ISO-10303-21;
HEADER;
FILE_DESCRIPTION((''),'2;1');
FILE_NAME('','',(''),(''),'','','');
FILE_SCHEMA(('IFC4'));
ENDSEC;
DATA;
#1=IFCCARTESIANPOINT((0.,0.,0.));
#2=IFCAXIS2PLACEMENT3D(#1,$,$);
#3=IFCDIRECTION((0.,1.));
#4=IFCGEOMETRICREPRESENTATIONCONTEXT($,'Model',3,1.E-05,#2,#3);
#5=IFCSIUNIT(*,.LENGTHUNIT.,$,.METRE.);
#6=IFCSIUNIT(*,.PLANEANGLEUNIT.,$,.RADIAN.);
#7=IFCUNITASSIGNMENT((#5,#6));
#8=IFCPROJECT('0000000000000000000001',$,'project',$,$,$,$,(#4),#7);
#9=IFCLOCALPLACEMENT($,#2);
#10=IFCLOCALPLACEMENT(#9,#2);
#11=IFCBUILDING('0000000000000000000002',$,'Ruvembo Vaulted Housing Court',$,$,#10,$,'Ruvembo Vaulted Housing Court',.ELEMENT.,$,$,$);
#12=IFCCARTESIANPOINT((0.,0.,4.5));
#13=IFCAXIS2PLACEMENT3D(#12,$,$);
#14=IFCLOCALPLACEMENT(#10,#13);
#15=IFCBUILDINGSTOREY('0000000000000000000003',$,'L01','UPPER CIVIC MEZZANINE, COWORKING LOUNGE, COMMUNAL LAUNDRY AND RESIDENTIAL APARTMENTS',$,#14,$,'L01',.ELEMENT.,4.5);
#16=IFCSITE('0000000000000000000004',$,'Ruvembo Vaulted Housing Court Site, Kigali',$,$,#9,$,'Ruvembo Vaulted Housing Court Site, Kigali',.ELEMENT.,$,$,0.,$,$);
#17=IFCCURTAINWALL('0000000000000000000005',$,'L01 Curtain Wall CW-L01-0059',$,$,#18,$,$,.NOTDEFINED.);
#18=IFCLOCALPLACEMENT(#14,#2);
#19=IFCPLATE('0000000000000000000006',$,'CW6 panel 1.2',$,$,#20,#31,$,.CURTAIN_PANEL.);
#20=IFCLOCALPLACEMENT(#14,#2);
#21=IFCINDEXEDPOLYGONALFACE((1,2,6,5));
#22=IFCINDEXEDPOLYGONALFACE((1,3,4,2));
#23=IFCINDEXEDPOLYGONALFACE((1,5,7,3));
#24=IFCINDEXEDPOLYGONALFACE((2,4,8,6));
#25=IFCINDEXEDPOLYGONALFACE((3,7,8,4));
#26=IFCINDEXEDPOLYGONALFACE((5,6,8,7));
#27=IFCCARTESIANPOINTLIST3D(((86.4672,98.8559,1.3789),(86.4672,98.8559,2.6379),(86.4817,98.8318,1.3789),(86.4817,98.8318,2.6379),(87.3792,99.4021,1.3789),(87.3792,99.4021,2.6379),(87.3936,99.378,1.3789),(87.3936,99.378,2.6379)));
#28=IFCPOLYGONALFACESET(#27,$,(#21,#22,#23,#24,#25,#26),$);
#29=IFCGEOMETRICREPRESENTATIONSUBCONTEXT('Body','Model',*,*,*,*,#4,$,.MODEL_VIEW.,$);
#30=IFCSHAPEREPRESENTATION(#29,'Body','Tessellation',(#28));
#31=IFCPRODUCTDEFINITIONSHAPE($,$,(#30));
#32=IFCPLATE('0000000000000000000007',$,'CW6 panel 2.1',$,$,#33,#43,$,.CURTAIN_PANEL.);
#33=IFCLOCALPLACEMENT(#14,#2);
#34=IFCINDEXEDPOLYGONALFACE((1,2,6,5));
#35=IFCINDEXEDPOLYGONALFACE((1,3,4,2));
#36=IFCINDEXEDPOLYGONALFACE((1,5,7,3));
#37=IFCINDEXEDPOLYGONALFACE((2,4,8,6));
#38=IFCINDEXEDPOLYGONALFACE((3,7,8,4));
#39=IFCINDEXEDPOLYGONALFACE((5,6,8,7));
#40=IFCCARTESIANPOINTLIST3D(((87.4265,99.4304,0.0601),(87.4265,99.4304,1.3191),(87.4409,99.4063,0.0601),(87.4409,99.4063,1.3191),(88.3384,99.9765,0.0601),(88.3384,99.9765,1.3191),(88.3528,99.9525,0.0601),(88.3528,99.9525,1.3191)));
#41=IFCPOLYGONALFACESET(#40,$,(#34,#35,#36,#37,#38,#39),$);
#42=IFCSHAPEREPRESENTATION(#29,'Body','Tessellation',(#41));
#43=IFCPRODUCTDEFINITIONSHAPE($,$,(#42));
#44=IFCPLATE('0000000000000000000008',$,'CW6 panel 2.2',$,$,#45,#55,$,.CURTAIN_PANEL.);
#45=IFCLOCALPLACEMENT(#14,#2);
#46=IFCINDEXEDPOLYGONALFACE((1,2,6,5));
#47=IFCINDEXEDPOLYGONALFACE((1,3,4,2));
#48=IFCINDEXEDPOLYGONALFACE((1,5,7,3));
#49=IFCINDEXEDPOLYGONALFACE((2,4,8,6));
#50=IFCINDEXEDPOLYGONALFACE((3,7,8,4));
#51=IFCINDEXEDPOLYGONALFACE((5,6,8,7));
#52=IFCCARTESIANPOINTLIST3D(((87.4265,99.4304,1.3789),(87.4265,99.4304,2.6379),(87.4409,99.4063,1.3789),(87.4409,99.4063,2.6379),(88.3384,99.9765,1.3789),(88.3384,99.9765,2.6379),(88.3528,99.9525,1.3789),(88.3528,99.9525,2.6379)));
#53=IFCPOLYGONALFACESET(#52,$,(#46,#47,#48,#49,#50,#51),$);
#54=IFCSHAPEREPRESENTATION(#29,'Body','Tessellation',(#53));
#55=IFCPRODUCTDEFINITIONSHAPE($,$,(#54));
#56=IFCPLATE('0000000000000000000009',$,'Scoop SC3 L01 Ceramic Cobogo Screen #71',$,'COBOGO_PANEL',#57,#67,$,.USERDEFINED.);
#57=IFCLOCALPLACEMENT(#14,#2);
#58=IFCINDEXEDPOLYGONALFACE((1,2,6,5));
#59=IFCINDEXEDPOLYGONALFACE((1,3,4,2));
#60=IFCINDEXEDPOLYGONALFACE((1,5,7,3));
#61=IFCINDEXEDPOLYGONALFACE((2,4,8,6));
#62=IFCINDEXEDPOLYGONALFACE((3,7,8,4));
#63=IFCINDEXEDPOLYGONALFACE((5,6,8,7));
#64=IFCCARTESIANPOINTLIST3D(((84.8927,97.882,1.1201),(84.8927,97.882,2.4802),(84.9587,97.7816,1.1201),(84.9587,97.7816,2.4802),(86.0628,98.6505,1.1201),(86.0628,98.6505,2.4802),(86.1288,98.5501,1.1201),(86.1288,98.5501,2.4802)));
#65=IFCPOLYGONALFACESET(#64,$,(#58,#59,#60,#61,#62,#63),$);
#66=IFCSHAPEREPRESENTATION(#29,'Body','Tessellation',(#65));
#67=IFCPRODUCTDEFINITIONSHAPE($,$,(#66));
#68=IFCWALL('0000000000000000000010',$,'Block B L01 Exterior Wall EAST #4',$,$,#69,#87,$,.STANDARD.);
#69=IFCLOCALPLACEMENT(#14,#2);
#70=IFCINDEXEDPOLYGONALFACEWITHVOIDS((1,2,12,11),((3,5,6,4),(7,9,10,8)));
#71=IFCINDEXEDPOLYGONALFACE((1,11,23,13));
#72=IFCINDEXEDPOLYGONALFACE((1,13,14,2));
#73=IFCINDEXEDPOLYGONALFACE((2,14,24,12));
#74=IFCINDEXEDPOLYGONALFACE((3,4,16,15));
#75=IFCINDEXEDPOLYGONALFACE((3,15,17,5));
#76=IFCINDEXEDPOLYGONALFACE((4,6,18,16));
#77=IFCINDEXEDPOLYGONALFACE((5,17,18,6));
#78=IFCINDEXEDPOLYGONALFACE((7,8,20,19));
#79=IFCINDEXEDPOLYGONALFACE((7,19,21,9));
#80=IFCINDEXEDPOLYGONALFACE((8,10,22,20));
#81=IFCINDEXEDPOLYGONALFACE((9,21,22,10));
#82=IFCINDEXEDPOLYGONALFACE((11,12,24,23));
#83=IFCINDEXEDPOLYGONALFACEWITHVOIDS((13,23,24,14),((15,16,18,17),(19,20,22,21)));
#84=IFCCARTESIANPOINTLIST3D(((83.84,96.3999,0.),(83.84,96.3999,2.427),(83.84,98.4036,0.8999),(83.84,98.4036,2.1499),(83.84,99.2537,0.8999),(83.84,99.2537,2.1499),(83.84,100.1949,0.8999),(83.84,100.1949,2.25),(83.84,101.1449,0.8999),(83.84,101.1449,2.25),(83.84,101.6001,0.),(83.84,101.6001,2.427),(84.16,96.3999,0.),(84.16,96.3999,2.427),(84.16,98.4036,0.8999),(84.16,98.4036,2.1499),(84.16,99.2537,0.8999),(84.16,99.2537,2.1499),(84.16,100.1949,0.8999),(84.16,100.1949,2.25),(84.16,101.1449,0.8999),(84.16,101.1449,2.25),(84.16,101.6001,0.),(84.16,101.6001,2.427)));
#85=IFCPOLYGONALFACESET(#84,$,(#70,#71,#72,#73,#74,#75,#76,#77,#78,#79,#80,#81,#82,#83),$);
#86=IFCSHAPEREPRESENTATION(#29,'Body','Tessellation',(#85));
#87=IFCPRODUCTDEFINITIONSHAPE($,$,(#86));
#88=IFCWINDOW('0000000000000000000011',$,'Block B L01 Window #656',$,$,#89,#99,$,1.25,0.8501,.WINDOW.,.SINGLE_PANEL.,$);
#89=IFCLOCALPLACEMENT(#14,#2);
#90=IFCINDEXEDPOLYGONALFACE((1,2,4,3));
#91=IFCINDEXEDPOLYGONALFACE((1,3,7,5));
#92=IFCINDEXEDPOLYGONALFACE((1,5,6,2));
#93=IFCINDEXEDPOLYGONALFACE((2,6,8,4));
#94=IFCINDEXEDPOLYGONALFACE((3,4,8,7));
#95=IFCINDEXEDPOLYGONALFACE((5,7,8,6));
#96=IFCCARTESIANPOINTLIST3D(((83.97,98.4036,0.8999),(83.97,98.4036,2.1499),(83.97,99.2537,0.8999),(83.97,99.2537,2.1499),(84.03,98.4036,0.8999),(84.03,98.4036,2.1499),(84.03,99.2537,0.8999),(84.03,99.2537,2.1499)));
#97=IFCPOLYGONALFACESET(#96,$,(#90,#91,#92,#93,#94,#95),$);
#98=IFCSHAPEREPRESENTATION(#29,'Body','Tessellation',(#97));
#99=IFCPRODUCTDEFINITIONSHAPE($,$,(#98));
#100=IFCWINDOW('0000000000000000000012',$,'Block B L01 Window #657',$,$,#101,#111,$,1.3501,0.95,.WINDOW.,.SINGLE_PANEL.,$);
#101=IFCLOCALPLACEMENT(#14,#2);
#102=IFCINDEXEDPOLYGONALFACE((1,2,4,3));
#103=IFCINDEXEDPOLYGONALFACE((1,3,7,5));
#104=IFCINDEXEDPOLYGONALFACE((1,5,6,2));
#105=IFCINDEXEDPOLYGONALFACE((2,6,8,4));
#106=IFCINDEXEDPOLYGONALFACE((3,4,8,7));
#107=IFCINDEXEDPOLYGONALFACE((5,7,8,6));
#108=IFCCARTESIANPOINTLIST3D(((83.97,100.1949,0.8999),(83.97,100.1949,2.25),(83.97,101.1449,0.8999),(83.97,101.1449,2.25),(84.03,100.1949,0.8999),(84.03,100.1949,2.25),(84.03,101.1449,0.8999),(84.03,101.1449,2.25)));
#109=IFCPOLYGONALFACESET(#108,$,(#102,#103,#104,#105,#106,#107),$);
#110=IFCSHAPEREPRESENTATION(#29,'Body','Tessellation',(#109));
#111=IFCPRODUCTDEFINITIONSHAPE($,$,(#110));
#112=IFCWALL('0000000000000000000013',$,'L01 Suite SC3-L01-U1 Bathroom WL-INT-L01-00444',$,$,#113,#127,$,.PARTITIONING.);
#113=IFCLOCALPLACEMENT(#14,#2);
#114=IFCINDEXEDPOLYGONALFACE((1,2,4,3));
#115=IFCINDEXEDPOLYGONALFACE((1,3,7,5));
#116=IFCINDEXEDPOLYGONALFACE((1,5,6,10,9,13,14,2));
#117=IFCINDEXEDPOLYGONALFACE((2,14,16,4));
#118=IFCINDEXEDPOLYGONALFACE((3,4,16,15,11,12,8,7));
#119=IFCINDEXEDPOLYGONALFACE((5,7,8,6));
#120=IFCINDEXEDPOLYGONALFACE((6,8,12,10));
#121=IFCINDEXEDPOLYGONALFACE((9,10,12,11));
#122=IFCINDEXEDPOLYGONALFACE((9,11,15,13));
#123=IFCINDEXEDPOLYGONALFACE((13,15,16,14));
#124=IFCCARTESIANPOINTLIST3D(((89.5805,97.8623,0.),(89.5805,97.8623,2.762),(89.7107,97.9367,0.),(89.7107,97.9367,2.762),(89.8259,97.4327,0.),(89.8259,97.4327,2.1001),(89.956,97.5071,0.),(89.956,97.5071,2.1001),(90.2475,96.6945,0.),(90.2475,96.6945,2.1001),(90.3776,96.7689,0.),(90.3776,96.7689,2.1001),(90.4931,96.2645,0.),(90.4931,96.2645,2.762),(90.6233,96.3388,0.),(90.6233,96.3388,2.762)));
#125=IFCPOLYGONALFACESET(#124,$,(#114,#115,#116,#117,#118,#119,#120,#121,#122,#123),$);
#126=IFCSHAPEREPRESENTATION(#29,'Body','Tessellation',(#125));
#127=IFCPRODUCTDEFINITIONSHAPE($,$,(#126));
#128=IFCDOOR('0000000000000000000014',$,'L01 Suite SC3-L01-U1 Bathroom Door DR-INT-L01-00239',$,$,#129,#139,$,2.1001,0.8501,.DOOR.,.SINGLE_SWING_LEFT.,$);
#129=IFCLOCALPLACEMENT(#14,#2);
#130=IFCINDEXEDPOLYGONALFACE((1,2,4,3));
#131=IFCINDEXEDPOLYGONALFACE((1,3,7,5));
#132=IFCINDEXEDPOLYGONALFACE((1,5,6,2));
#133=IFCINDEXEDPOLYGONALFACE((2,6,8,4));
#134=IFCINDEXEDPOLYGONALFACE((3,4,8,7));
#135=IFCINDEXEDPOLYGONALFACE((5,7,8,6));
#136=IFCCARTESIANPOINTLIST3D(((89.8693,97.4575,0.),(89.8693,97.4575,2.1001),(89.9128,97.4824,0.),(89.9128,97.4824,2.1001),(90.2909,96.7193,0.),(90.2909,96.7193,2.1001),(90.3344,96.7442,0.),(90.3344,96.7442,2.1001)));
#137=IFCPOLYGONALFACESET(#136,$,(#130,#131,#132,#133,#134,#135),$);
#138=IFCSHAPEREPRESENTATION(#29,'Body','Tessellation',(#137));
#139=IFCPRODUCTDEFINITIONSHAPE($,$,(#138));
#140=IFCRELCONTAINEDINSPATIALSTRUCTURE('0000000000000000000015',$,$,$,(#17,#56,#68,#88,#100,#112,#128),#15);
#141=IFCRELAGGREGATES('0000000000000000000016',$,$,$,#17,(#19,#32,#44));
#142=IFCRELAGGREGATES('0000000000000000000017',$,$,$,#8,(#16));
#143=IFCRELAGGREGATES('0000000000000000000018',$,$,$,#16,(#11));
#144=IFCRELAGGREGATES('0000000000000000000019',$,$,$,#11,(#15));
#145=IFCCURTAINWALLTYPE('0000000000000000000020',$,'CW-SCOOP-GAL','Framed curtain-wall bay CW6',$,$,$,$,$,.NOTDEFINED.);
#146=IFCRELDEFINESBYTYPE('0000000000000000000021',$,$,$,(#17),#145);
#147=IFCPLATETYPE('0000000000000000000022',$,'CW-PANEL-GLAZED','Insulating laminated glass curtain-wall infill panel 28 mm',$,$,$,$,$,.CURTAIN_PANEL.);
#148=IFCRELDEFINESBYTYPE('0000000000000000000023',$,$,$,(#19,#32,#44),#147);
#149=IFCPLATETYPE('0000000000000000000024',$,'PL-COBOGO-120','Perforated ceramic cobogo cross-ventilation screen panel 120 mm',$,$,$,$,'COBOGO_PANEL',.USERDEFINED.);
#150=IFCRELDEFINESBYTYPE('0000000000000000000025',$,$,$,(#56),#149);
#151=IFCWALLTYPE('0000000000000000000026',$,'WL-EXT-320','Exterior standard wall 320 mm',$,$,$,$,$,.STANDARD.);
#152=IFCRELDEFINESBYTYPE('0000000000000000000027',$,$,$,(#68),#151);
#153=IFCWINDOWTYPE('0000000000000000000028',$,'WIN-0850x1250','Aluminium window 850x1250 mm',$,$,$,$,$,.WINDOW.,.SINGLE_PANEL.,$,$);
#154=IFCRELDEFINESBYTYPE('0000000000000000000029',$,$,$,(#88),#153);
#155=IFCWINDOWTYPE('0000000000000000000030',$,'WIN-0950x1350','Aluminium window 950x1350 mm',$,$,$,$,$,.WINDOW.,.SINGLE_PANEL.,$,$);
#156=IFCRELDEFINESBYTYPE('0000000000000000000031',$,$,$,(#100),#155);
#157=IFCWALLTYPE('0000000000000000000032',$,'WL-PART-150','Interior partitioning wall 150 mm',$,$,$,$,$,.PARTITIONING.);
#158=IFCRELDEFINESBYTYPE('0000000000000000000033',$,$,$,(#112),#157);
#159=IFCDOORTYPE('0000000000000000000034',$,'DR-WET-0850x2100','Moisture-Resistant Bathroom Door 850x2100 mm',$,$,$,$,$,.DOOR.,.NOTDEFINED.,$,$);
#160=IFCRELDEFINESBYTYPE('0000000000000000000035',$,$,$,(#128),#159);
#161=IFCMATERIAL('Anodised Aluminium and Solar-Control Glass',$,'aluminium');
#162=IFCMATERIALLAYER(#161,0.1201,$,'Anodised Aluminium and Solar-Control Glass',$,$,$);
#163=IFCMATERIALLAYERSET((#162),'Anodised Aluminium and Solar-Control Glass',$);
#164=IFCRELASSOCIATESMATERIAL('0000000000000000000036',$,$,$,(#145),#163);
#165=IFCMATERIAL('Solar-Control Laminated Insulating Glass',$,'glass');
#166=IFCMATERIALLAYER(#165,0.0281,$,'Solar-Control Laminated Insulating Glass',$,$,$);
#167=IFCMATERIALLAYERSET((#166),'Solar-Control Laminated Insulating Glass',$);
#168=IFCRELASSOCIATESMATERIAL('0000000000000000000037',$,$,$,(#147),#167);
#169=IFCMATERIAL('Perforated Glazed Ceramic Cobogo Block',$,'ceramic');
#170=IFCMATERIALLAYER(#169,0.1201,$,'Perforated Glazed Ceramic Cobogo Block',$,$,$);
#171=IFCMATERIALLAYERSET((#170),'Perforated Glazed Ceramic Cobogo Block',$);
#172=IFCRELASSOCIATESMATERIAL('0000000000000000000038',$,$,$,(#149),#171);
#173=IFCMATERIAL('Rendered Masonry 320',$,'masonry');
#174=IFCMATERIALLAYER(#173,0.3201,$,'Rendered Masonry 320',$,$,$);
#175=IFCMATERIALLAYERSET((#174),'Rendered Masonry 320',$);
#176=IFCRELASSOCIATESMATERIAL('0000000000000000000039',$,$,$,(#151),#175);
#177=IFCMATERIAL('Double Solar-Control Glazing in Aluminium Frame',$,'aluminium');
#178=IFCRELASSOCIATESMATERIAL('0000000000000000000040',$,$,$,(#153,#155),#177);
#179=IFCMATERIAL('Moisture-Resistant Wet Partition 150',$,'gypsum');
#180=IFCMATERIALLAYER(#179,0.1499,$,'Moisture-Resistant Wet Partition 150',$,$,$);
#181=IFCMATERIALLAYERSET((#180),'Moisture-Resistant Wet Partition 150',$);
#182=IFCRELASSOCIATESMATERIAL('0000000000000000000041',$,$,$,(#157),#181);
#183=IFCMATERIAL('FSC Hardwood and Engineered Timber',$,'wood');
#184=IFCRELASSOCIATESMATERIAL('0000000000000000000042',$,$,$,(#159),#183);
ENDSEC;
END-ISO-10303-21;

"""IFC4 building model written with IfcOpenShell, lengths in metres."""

from ifc_helpers import new_model, si_unit, direction, frame, frame_2d, origin, origin_2d, place, context, subcontext, project, spatial, rectangle, extrude, material, layer, layer_set, type_object, element, fill, aggregate, save


model = new_model("IFC4")

# Units and contexts
model_context = context("Model", 3, precision=1e-05, world=origin(), true_north=direction((0.0, 1.0)))
body_context = subcontext(model_context, "Body", "Model", "MODEL_VIEW")
ifc_project = project(units=[si_unit("LENGTHUNIT", "METRE"), si_unit("PLANEANGLEUNIT", "RADIAN")], contexts=[model_context])

# Site, building, storey
site_placement = place(None, origin())
site = spatial("IfcSite", under=ifc_project, at=site_placement, Name="Ruvembo Vaulted Housing Court Site, Kigali", LongName="Ruvembo Vaulted Housing Court Site, Kigali", CompositionType="ELEMENT", RefElevation=0.0)
building_placement = place(site_placement, origin())
building = spatial("IfcBuilding", under=site, at=building_placement, Name="Ruvembo Vaulted Housing Court", LongName="Ruvembo Vaulted Housing Court", CompositionType="ELEMENT")
storey_placement = place(building_placement, frame((0.0, 0.0, 4.5)))
storey = spatial("IfcBuildingStorey", under=building, at=storey_placement, Name="L01", Description="UPPER CIVIC MEZZANINE, COWORKING LOUNGE, COMMUNAL LAUNDRY AND RESIDENTIAL APARTMENTS", LongName="L01", CompositionType="ELEMENT", Elevation=4.5)

# Curtain wall
ifc_material_1 = material(Name="Anodised Aluminium and Solar-Control Glass", Category="aluminium")
ifc_layer_1 = layer(ifc_material_1, 0.1201, Name="Anodised Aluminium and Solar-Control Glass")
ifc_layer_set_1 = layer_set([ifc_layer_1], Name="Anodised Aluminium and Solar-Control Glass")
curtain_wall_type = type_object("IfcCurtainWallType", Name="CW-SCOOP-GAL", Description="Framed curtain-wall bay CW6", PredefinedType="NOTDEFINED", material=ifc_layer_set_1)
curtain_wall_placement = place(storey_placement, origin())
curtain_wall = element("IfcCurtainWall", 1, at=curtain_wall_placement, inside=storey, type_object=curtain_wall_type, Name="L01 Curtain Wall CW-L01-0059", PredefinedType="NOTDEFINED")

# Plates
ifc_material_2 = material(Name="Solar-Control Laminated Insulating Glass", Category="glass")
ifc_layer_2 = layer(ifc_material_2, 0.0281, Name="Solar-Control Laminated Insulating Glass")
ifc_layer_set_2 = layer_set([ifc_layer_2], Name="Solar-Control Laminated Insulating Glass")
plate_type_1 = type_object("IfcPlateType", Name="CW-PANEL-GLAZED", Description="Insulating laminated glass curtain-wall infill panel 28 mm", PredefinedType="CURTAIN_PANEL", material=ifc_layer_set_2)
plate_1_placement = place(storey_placement, frame((86.9304, 99.1169, 1.3789), z_axis=(0.0, 0.0, 1.0), x_axis=(0.857893, 0.513828, 0.0)))
plate_1 = element("IfcPlate", 2, at=plate_1_placement, type_object=plate_type_1, Name="CW6 panel 1.2", PredefinedType="CURTAIN_PANEL", context=body_context, shape_type="SweptSolid", body=[
    extrude(rectangle(XDim=1.063, YDim=0.0281, at=origin_2d()), origin(), (0.0, 0.0, 1.0), 1.259),
])
plate_2_placement = place(storey_placement, frame((87.8896, 99.6914, 0.0601), z_axis=(0.0, 0.0, 1.0), x_axis=(0.857893, 0.513828, 0.0)))
plate_2 = element("IfcPlate", 3, at=plate_2_placement, type_object=plate_type_1, Name="CW6 panel 2.1", PredefinedType="CURTAIN_PANEL", context=body_context, shape_type="SweptSolid", body=[
    extrude(rectangle(XDim=1.063, YDim=0.0281, at=origin_2d()), origin(), (0.0, 0.0, 1.0), 1.259),
])
plate_3_placement = place(storey_placement, frame((87.8896, 99.6914, 1.3789), z_axis=(0.0, 0.0, 1.0), x_axis=(0.857893, 0.513828, 0.0)))
plate_3 = element("IfcPlate", 4, at=plate_3_placement, type_object=plate_type_1, Name="CW6 panel 2.2", PredefinedType="CURTAIN_PANEL", context=body_context, shape_type="SweptSolid", body=[
    extrude(rectangle(XDim=1.063, YDim=0.0281, at=origin_2d()), origin(), (0.0, 0.0, 1.0), 1.259),
])
aggregate(curtain_wall, [plate_1, plate_2, plate_3])
ifc_material_3 = material(Name="Perforated Glazed Ceramic Cobogo Block", Category="ceramic")
ifc_layer_3 = layer(ifc_material_3, 0.1201, Name="Perforated Glazed Ceramic Cobogo Block")
ifc_layer_set_3 = layer_set([ifc_layer_3], Name="Perforated Glazed Ceramic Cobogo Block")
plate_type_2 = type_object("IfcPlateType", Name="PL-COBOGO-120", Description="Perforated ceramic cobogo cross-ventilation screen panel 120 mm", ElementType="COBOGO_PANEL", PredefinedType="USERDEFINED", material=ifc_layer_set_3)
plate_4_placement = place(storey_placement, frame((85.5107, 98.2161, 1.1201), z_axis=(0.0, 0.0, 1.0), x_axis=(0.835836, 0.548979, 0.0)))
element("IfcPlate", 5, at=plate_4_placement, inside=storey, type_object=plate_type_2, Name="Scoop SC3 L01 Ceramic Cobogo Screen #71", ObjectType="COBOGO_PANEL", PredefinedType="USERDEFINED", context=body_context, shape_type="SweptSolid", body=[
    extrude(rectangle(XDim=1.3999, YDim=0.1201, at=origin_2d()), origin(), (0.0, 0.0, 1.0), 1.3601),
])

# Shared definitions
ifc_material_4 = material(Name="FSC Hardwood and Engineered Timber", Category="wood")

# Wall, openings, windows
ifc_material_5 = material(Name="Rendered Masonry 320", Category="masonry")
ifc_layer_4 = layer(ifc_material_5, 0.3201, Name="Rendered Masonry 320")
ifc_layer_set_4 = layer_set([ifc_layer_4], Name="Rendered Masonry 320")
wall_type_1 = type_object("IfcWallType", Name="WL-EXT-320", Description="Exterior standard wall 320 mm", PredefinedType="STANDARD", material=ifc_layer_set_4)
wall_1_placement = place(storey_placement, frame((84.0, 96.3999, 0.0), z_axis=(0.0, 0.0, 1.0), x_axis=(0.0, 1.0, 0.0)))
wall_1 = element("IfcWall", 6, at=wall_1_placement, inside=storey, type_object=wall_type_1, Name="Block B L01 Exterior Wall EAST #4", PredefinedType="STANDARD", context=body_context, shape_type="SweptSolid", body=[
    extrude(rectangle(XDim=5.2002, YDim=0.3201, at=frame_2d((2.6001, 0.0))), origin(), (0.0, 0.0, 1.0), 2.427),
])
opening_1_placement = place(wall_1_placement, frame((2.0037, 0.0, 0.8999)))
opening_1 = element("IfcOpeningElement", 7, at=opening_1_placement, cuts=wall_1, PredefinedType="OPENING", context=body_context, shape_type="SweptSolid", body=[
    extrude(rectangle(XDim=0.8501, YDim=1.25, at=frame_2d((0.425, 0.625))), frame((0.0, 0.1699, 0.0), z_axis=(0.0, -1.0, 0.0), x_axis=(1.0, 0.0, 0.0)), (0.0, 0.0, 1.0), 0.3401),
])
opening_2_placement = place(wall_1_placement, frame((3.7949, 0.0, 0.8999)))
opening_2 = element("IfcOpeningElement", 8, at=opening_2_placement, cuts=wall_1, PredefinedType="OPENING", context=body_context, shape_type="SweptSolid", body=[
    extrude(rectangle(XDim=0.95, YDim=1.3501, at=frame_2d((0.4751, 0.675))), frame((0.0, 0.1699, 0.0), z_axis=(0.0, -1.0, 0.0), x_axis=(1.0, 0.0, 0.0)), (0.0, 0.0, 1.0), 0.3401),
])
ifc_material_6 = material(Name="Double Solar-Control Glazing in Aluminium Frame", Category="aluminium")
window_type_1 = type_object("IfcWindowType", Name="WIN-0850x1250", Description="Aluminium window 850x1250 mm", PartitioningType="SINGLE_PANEL", PredefinedType="WINDOW", material=ifc_material_6)
window_1_placement = place(opening_1_placement, origin())
window_1 = element("IfcWindow", 9, at=window_1_placement, inside=storey, type_object=window_type_1, Name="Block B L01 Window #656", OverallHeight=1.25, OverallWidth=0.8501, PartitioningType="SINGLE_PANEL", PredefinedType="WINDOW", context=body_context, shape_type="SweptSolid", body=[
    extrude(rectangle(XDim=0.8501, YDim=1.25, at=frame_2d((0.425, 0.625))), frame((0.0, 0.03, 0.0), z_axis=(0.0, -1.0, 0.0), x_axis=(1.0, 0.0, 0.0)), (0.0, 0.0, 1.0), 0.0601),
])
fill(opening_1, window_1)
window_type_2 = type_object("IfcWindowType", Name="WIN-0950x1350", Description="Aluminium window 950x1350 mm", PartitioningType="SINGLE_PANEL", PredefinedType="WINDOW", material=ifc_material_6)
window_2_placement = place(opening_2_placement, origin())
window_2 = element("IfcWindow", 10, at=window_2_placement, inside=storey, type_object=window_type_2, Name="Block B L01 Window #657", OverallHeight=1.3501, OverallWidth=0.95, PartitioningType="SINGLE_PANEL", PredefinedType="WINDOW", context=body_context, shape_type="SweptSolid", body=[
    extrude(rectangle(XDim=0.95, YDim=1.3501, at=frame_2d((0.4751, 0.675))), frame((0.0, 0.03, 0.0), z_axis=(0.0, -1.0, 0.0), x_axis=(1.0, 0.0, 0.0)), (0.0, 0.0, 1.0), 0.0601),
])
fill(opening_2, window_2)

# Wall, opening, door
ifc_material_7 = material(Name="Moisture-Resistant Wet Partition 150", Category="gypsum")
ifc_layer_5 = layer(ifc_material_7, 0.1499, Name="Moisture-Resistant Wet Partition 150")
ifc_layer_set_5 = layer_set([ifc_layer_5], Name="Moisture-Resistant Wet Partition 150")
wall_type_2 = type_object("IfcWallType", Name="WL-PART-150", Description="Interior partitioning wall 150 mm", PredefinedType="PARTITIONING", material=ifc_layer_set_5)
wall_2_placement = place(storey_placement, frame((90.5581, 96.3018, 0.0), z_axis=(0.0, 0.0, 1.0), x_axis=(-0.495939, 0.868357, 0.0)))
wall_2 = element("IfcWall", 11, at=wall_2_placement, inside=storey, type_object=wall_type_2, Name="L01 Suite SC3-L01-U1 Bathroom WL-INT-L01-00444", PredefinedType="PARTITIONING", context=body_context, shape_type="SweptSolid", body=[
    extrude(rectangle(XDim=1.8401, YDim=0.1499, at=frame_2d((0.9199, 0.0))), origin(), (0.0, 0.0, 1.0), 2.762),
])
opening_3_placement = place(wall_2_placement, frame((0.4951, 0.0, 0.0)))
opening_3 = element("IfcOpeningElement", 12, at=opening_3_placement, cuts=wall_2, PredefinedType="OPENING", context=body_context, shape_type="SweptSolid", body=[
    extrude(rectangle(XDim=0.8501, YDim=2.1001, at=frame_2d((0.425, 1.05))), frame((0.0, 0.085, 0.0), z_axis=(0.0, -1.0, 0.0), x_axis=(1.0, 0.0, 0.0)), (0.0, 0.0, 1.0), 0.1699),
])
door_type_1 = type_object("IfcDoorType", Name="DR-WET-0850x2100", Description="Moisture-Resistant Bathroom Door 850x2100 mm", OperationType="NOTDEFINED", PredefinedType="DOOR", material=ifc_material_4)
door_1_placement = place(opening_3_placement, origin())
door_1 = element("IfcDoor", 13, at=door_1_placement, inside=storey, type_object=door_type_1, Name="L01 Suite SC3-L01-U1 Bathroom Door DR-INT-L01-00239", OperationType="SINGLE_SWING_LEFT", OverallHeight=2.1001, OverallWidth=0.8501, PredefinedType="DOOR", context=body_context, shape_type="SweptSolid", body=[
    extrude(rectangle(XDim=0.8501, YDim=2.1001, at=frame_2d((0.425, 1.05))), frame((0.0, 0.0249, 0.0), z_axis=(0.0, -1.0, 0.0), x_axis=(1.0, 0.0, 0.0)), (0.0, 0.0, 1.0), 0.05),
])
fill(opening_3, door_1)

save(model, "model.ifc")
